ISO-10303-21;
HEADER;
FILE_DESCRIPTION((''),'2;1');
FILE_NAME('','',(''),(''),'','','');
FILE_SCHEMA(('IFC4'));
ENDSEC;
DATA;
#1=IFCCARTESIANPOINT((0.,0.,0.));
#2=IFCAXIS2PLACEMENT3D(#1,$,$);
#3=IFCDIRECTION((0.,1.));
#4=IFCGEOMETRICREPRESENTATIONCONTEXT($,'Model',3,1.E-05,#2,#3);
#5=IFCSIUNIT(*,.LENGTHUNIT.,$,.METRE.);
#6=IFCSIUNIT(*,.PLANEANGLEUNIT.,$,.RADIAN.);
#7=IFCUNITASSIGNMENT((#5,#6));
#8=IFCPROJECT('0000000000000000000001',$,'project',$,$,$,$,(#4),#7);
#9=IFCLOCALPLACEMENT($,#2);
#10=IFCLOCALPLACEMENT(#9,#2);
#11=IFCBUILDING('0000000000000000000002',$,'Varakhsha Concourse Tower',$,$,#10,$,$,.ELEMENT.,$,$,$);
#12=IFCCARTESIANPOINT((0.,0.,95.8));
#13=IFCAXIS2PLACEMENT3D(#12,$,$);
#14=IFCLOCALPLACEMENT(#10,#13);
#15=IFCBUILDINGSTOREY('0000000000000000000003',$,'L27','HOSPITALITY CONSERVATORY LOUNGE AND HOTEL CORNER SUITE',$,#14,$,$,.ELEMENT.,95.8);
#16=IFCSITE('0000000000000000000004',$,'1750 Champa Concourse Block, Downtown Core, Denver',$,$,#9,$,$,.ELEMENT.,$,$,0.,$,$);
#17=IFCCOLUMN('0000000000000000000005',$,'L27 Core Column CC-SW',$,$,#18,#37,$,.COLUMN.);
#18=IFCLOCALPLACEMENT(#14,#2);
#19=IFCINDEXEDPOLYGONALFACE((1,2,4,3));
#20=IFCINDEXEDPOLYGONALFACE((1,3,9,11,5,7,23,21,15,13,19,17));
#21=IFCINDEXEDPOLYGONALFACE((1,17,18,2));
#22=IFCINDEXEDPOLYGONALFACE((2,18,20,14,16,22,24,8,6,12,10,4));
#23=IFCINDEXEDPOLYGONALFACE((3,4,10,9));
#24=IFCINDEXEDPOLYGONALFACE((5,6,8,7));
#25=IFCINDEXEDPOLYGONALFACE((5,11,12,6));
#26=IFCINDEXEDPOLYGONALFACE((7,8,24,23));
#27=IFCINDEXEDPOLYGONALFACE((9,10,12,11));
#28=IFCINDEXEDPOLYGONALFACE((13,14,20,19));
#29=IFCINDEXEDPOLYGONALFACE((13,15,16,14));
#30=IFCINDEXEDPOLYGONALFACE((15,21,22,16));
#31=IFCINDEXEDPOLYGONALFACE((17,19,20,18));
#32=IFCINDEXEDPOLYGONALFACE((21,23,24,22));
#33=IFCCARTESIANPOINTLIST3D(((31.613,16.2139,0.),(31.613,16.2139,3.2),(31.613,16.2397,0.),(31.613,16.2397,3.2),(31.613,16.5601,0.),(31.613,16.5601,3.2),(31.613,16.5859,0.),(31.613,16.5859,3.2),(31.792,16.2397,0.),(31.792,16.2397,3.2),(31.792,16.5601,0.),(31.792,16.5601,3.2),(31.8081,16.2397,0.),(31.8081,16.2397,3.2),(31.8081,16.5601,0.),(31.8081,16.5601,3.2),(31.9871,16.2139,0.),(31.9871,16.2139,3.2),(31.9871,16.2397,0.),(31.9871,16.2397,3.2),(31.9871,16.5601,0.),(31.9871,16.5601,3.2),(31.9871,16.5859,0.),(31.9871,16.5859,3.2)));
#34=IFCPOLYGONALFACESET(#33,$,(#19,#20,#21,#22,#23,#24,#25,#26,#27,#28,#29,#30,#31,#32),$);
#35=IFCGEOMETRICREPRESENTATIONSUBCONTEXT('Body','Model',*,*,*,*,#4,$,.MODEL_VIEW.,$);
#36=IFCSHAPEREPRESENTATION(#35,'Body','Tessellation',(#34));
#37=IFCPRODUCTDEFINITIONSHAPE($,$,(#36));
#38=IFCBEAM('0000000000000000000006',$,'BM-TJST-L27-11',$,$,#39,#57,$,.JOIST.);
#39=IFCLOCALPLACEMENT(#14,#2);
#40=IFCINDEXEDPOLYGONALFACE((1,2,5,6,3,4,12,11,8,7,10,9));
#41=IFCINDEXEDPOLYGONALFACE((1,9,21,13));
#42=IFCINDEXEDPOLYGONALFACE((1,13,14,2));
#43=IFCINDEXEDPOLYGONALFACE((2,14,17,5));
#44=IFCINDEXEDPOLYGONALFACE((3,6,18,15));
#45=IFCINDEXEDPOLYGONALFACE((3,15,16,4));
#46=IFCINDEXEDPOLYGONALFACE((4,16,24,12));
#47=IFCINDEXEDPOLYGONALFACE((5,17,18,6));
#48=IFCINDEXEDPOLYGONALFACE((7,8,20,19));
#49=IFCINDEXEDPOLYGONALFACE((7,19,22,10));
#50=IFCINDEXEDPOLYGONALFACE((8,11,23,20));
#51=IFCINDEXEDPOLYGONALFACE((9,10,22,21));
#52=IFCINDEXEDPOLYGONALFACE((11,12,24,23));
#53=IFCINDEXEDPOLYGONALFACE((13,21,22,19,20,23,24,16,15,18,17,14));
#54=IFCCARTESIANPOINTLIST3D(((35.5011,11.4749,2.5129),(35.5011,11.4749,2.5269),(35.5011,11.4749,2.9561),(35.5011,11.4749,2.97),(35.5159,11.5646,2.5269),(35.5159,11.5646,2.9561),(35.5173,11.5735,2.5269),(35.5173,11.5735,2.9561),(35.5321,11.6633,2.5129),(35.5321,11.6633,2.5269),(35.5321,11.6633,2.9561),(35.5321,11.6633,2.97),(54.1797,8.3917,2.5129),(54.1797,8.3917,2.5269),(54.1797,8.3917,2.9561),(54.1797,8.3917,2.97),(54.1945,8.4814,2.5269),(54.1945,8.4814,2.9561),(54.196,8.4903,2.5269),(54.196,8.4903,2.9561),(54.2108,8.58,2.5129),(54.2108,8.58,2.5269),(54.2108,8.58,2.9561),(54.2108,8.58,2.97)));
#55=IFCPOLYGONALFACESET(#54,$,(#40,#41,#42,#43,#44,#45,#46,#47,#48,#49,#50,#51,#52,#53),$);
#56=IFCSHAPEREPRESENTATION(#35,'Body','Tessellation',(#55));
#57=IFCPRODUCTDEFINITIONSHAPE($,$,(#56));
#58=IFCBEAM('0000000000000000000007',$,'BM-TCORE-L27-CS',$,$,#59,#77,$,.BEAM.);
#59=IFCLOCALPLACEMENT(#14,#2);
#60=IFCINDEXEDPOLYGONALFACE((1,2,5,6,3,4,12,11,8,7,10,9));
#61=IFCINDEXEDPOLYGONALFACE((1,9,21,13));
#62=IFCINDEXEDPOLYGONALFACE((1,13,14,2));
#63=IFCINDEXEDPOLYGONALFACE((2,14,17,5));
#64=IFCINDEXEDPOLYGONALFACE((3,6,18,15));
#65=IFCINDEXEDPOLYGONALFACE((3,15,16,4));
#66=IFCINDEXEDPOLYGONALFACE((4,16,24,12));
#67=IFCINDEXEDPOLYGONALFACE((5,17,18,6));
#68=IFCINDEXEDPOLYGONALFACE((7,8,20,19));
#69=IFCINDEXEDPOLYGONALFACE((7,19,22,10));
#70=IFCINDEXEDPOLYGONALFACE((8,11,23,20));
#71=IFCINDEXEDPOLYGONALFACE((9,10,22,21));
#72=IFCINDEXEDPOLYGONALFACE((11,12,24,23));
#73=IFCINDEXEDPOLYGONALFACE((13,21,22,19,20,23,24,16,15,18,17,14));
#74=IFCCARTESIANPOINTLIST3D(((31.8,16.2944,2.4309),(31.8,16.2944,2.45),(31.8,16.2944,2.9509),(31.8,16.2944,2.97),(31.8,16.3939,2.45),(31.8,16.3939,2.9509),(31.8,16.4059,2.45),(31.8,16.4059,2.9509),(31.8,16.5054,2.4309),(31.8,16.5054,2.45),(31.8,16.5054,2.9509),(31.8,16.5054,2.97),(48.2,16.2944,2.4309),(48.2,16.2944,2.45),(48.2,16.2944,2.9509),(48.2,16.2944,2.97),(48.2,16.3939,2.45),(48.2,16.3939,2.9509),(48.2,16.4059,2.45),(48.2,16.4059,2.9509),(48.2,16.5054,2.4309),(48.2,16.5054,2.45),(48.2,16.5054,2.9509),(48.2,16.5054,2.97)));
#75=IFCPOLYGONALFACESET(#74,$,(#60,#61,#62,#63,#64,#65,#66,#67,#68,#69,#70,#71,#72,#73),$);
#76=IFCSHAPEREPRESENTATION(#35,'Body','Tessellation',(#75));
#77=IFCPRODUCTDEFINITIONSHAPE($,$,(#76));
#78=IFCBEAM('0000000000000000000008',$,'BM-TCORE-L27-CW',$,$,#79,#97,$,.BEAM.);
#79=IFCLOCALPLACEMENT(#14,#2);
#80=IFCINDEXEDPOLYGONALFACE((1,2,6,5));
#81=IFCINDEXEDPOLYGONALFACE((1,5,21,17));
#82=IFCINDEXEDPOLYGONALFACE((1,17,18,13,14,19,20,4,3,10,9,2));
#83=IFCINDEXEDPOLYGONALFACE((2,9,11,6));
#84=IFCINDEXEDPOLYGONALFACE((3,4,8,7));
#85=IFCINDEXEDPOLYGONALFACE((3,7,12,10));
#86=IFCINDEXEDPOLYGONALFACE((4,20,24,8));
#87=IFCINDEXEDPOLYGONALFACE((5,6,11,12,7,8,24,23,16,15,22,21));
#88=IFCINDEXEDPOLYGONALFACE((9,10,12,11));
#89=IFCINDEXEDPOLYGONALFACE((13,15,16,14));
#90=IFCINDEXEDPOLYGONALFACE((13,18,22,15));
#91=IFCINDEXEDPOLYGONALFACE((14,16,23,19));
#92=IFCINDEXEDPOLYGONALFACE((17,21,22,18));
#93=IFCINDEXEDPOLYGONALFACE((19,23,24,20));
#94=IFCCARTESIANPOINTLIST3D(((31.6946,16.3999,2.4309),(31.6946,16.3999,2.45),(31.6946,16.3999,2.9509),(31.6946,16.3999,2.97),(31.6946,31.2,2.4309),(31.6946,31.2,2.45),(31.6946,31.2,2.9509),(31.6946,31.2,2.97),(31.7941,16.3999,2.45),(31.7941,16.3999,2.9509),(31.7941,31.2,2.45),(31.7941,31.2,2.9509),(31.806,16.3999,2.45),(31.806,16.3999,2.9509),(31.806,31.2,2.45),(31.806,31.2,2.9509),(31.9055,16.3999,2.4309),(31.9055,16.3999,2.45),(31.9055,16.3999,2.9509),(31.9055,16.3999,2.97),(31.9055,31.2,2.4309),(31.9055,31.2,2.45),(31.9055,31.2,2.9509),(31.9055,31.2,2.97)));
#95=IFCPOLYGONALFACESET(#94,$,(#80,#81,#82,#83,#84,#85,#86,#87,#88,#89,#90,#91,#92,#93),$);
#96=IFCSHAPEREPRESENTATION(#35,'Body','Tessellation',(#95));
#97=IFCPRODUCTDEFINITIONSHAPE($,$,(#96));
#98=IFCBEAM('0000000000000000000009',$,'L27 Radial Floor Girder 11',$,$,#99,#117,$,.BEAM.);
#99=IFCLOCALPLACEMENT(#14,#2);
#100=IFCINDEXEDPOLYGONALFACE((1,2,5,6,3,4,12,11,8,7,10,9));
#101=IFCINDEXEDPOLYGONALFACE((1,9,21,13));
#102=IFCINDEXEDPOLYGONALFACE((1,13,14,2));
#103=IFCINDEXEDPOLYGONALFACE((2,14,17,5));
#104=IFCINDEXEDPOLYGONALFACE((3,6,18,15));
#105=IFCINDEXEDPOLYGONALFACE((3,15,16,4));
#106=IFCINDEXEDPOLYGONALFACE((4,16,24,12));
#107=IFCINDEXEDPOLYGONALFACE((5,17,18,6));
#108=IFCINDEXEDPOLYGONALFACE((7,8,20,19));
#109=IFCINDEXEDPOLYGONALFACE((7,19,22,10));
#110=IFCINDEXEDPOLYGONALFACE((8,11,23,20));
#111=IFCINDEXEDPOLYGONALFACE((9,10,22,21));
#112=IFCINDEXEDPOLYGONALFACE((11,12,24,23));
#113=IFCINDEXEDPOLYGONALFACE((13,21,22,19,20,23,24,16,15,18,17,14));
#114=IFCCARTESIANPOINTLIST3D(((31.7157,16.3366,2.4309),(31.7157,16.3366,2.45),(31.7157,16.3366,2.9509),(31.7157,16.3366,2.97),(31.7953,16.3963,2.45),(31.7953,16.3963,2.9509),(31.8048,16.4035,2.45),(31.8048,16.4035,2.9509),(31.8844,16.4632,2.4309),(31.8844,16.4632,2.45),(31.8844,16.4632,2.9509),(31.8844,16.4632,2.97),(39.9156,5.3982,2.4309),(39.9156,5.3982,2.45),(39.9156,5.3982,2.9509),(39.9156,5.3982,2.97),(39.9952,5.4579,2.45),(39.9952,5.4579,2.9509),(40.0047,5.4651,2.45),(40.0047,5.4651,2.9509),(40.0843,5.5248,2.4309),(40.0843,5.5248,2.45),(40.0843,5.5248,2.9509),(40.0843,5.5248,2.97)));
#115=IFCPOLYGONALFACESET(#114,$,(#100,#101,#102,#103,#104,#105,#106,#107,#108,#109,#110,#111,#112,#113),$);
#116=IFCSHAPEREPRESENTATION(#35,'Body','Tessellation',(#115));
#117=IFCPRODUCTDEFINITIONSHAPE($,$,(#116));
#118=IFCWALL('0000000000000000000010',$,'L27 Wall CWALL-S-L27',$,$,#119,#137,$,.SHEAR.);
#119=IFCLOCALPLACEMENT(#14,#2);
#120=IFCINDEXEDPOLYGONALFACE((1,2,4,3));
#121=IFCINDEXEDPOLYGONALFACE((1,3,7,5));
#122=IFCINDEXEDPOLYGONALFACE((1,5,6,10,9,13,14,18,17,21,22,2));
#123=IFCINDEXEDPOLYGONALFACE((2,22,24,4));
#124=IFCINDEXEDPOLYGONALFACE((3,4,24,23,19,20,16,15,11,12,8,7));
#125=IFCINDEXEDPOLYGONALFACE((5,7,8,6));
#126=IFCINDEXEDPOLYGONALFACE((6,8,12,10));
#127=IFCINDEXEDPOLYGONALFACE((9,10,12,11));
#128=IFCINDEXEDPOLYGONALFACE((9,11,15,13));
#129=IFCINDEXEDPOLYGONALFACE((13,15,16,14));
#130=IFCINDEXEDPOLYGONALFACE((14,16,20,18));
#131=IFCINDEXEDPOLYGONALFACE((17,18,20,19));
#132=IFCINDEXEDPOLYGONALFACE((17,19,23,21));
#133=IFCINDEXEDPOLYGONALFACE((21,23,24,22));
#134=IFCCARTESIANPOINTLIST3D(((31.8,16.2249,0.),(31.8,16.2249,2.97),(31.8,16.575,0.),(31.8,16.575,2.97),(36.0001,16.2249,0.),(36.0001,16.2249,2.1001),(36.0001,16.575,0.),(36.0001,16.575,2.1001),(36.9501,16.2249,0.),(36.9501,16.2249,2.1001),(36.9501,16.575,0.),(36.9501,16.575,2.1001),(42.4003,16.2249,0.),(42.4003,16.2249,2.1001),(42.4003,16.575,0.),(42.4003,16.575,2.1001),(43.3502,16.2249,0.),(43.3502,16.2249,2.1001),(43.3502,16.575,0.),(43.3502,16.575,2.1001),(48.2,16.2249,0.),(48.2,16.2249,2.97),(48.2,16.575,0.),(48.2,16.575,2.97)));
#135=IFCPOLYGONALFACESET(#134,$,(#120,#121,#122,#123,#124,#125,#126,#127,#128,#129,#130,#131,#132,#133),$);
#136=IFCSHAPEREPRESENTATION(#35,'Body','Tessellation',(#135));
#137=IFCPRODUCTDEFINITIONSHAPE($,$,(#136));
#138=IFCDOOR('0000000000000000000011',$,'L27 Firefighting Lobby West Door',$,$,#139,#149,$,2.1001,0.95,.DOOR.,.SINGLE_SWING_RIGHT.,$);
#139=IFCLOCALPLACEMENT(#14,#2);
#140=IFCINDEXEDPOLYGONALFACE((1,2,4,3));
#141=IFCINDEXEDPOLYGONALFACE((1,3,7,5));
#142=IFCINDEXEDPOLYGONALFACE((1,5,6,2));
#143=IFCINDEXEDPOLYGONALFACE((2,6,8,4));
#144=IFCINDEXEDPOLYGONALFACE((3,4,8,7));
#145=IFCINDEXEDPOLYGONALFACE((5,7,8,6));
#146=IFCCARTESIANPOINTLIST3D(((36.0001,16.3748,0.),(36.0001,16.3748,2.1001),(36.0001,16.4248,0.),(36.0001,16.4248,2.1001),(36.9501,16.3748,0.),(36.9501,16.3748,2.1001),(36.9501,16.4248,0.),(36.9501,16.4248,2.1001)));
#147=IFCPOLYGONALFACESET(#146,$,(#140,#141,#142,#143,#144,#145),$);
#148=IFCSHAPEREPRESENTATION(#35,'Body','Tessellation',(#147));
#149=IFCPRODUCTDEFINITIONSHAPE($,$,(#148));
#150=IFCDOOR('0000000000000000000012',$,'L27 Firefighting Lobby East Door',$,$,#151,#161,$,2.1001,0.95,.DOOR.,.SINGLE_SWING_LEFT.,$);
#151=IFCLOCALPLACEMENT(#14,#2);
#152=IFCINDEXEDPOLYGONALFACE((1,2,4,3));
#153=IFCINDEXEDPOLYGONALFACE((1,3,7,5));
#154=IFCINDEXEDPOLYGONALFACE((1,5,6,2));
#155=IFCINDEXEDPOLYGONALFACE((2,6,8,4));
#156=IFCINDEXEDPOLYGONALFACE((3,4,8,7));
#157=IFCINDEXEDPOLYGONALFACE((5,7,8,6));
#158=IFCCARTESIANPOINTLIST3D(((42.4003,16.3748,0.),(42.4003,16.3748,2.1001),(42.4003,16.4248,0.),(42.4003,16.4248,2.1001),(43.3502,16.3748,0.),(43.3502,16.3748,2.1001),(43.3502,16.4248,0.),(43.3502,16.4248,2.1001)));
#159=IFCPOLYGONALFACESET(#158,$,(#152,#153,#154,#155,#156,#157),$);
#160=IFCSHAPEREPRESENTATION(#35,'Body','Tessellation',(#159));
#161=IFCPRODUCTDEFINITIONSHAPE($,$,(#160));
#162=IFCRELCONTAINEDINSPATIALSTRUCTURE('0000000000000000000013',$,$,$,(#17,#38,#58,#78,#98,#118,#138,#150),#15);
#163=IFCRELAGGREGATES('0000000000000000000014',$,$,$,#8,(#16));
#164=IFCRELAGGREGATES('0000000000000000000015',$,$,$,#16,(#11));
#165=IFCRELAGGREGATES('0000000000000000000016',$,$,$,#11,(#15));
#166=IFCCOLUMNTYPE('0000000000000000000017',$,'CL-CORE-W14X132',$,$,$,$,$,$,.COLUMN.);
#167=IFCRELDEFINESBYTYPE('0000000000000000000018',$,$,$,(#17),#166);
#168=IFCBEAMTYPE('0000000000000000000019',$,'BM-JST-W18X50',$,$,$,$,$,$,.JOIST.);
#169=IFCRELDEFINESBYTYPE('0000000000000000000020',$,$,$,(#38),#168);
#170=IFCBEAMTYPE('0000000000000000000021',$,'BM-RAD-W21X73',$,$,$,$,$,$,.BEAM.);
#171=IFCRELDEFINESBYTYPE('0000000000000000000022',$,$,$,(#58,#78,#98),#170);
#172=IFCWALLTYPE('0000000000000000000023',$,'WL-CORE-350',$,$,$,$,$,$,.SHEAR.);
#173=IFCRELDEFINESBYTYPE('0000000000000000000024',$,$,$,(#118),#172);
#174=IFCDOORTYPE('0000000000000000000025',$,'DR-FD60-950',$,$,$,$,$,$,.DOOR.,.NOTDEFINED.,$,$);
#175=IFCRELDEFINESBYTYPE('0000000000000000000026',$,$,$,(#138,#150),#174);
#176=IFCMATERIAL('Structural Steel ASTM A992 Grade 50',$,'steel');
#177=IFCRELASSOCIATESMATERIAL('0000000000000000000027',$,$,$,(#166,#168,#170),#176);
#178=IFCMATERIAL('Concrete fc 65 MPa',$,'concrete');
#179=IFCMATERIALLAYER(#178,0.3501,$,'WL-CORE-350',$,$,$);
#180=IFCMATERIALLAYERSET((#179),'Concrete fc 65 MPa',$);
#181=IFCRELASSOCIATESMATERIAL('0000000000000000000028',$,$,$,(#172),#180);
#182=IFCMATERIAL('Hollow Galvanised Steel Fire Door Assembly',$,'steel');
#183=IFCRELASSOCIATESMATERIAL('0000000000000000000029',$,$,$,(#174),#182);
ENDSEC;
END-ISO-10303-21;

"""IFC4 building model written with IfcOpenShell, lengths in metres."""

from ifc_helpers import new_model, si_unit, direction, frame, frame_2d, origin, origin_2d, place, context, subcontext, project, spatial, rectangle, i_section, extrude, material, layer, layer_set, material_profile, profile_set, type_object, element, fill, save


model = new_model("IFC4")

# Units and contexts
model_context = context("Model", 3, precision=1e-05, world=origin(), true_north=direction((0.0, 1.0)))
body_context = subcontext(model_context, "Body", "Model", "MODEL_VIEW")
ifc_project = project(units=[si_unit("LENGTHUNIT", "METRE"), si_unit("PLANEANGLEUNIT", "RADIAN")], contexts=[model_context])

# Site, building, storey
site_placement = place(None, origin())
site = spatial("IfcSite", under=ifc_project, at=site_placement, Name="1750 Champa Concourse Block, Downtown Core, Denver", CompositionType="ELEMENT", RefElevation=0.0)
building_placement = place(site_placement, origin())
building = spatial("IfcBuilding", under=site, at=building_placement, Name="Varakhsha Concourse Tower", CompositionType="ELEMENT")
storey_placement = place(building_placement, frame((0.0, 0.0, 95.8)))
storey = spatial("IfcBuildingStorey", under=building, at=storey_placement, Name="L27", Description="HOSPITALITY CONSERVATORY LOUNGE AND HOTEL CORNER SUITE", CompositionType="ELEMENT", Elevation=95.8)

# Column
ifc_material_1 = material(Name="Structural Steel ASTM A992 Grade 50", Category="steel")
ifc_material_profile_1 = material_profile(ifc_material_1, i_section(OverallWidth=0.374, OverallDepth=0.3721, WebThickness=0.0161, FlangeThickness=0.0259, at=origin_2d()), Name="W14X132")
ifc_profile_set_1 = profile_set([ifc_material_profile_1], Name="Structural Steel ASTM A992 Grade 50")
column_type = type_object("IfcColumnType", Name="CL-CORE-W14X132", PredefinedType="COLUMN", material=ifc_profile_set_1)
column_placement = place(storey_placement, frame((31.8, 16.3999, 0.0), z_axis=(0.0, 0.0, 1.0), x_axis=(1.0, 0.0, 0.0)))
element("IfcColumn", 1, at=column_placement, inside=storey, type_object=column_type, Name="L27 Core Column CC-SW", PredefinedType="COLUMN", context=body_context, shape_type="SweptSolid", body=[
    extrude(i_section(OverallWidth=0.374, OverallDepth=0.3721, WebThickness=0.0161, FlangeThickness=0.0259, at=origin_2d()), origin(), (0.0, 0.0, 1.0), 3.2),
])

# Beams
ifc_material_profile_2 = material_profile(ifc_material_1, i_section(OverallWidth=0.1909, OverallDepth=0.457, WebThickness=0.009, FlangeThickness=0.0139, at=origin_2d()), Name="W18X50")
ifc_profile_set_2 = profile_set([ifc_material_profile_2], Name="Structural Steel ASTM A992 Grade 50")
beam_type_1 = type_object("IfcBeamType", Name="BM-JST-W18X50", PredefinedType="JOIST", material=ifc_profile_set_2)
beam_1_placement = place(storey_placement, frame((35.5166, 11.5691, 2.7415), z_axis=(0.986649, -0.162864, 0.0), x_axis=(0.162864, 0.986649, 0.0)))
element("IfcBeam", 2, at=beam_1_placement, inside=storey, type_object=beam_type_1, Name="BM-TJST-L27-11", PredefinedType="JOIST", context=body_context, shape_type="SweptSolid", body=[
    extrude(i_section(OverallWidth=0.1909, OverallDepth=0.457, WebThickness=0.009, FlangeThickness=0.0139, at=origin_2d()), origin(), (0.0, 0.0, 1.0), 18.9314),
])
ifc_material_profile_3 = material_profile(ifc_material_1, i_section(OverallWidth=0.2109, OverallDepth=0.5391, WebThickness=0.012, FlangeThickness=0.019, at=origin_2d()), Name="W21X73")
ifc_profile_set_3 = profile_set([ifc_material_profile_3], Name="Structural Steel ASTM A992 Grade 50")
beam_type_2 = type_object("IfcBeamType", Name="BM-RAD-W21X73", PredefinedType="BEAM", material=ifc_profile_set_3)
beam_2_placement = place(storey_placement, frame((31.8, 16.3999, 2.7004), z_axis=(1.0, 0.0, 0.0), x_axis=(0.0, 1.0, 0.0)))
element("IfcBeam", 3, at=beam_2_placement, inside=storey, type_object=beam_type_2, Name="BM-TCORE-L27-CS", PredefinedType="BEAM", context=body_context, shape_type="SweptSolid", body=[
    extrude(i_section(OverallWidth=0.2109, OverallDepth=0.5391, WebThickness=0.012, FlangeThickness=0.019, at=origin_2d()), origin(), (0.0, 0.0, 1.0), 16.3999),
])
beam_3_placement = place(storey_placement, frame((31.8, 16.3999, 2.7004), z_axis=(0.0, 1.0, 0.0), x_axis=(-1.0, 0.0, 0.0)))
element("IfcBeam", 4, at=beam_3_placement, inside=storey, type_object=beam_type_2, Name="BM-TCORE-L27-CW", PredefinedType="BEAM", context=body_context, shape_type="SweptSolid", body=[
    extrude(i_section(OverallWidth=0.2109, OverallDepth=0.5391, WebThickness=0.012, FlangeThickness=0.019, at=origin_2d()), origin(), (0.0, 0.0, 1.0), 14.8),
])
beam_4_placement = place(storey_placement, frame((31.8, 16.3999, 2.7004), z_axis=(0.599817, -0.800137, 0.0), x_axis=(0.800137, 0.599817, 0.0)))
element("IfcBeam", 5, at=beam_4_placement, inside=storey, type_object=beam_type_2, Name="L27 Radial Floor Girder 11", PredefinedType="BEAM", context=body_context, shape_type="SweptSolid", body=[
    extrude(i_section(OverallWidth=0.2109, OverallDepth=0.5391, WebThickness=0.012, FlangeThickness=0.019, at=origin_2d()), origin(), (0.0, 0.0, 1.0), 13.6707),
])

# Wall, openings, doors
ifc_material_2 = material(Name="Concrete fc 65 MPa", Category="concrete")
ifc_layer_1 = layer(ifc_material_2, 0.3501, Name="WL-CORE-350")
ifc_layer_set_1 = layer_set([ifc_layer_1], Name="Concrete fc 65 MPa")
wall_type_1 = type_object("IfcWallType", Name="WL-CORE-350", PredefinedType="SHEAR", material=ifc_layer_set_1)
wall_1_placement = place(storey_placement, frame((31.8, 16.3999, 0.0), z_axis=(0.0, 0.0, 1.0), x_axis=(1.0, 0.0, 0.0)))
wall_1 = element("IfcWall", 6, at=wall_1_placement, inside=storey, type_object=wall_type_1, Name="L27 Wall CWALL-S-L27", PredefinedType="SHEAR", context=body_context, shape_type="SweptSolid", body=[
    extrude(rectangle(XDim=16.3999, YDim=0.3501, at=frame_2d((8.2, 0.0))), origin(), (0.0, 0.0, 1.0), 2.97),
])
opening_1_placement = place(wall_1_placement, frame((4.2, 0.0, 0.0)))
opening_1 = element("IfcOpeningElement", 7, at=opening_1_placement, cuts=wall_1, PredefinedType="OPENING", context=body_context, shape_type="SweptSolid", body=[
    extrude(rectangle(XDim=0.95, YDim=2.1001, at=frame_2d((0.4751, 1.05))), frame((0.0, 0.1851, 0.0), z_axis=(0.0, -1.0, 0.0), x_axis=(1.0, 0.0, 0.0)), (0.0, 0.0, 1.0), 0.3701),
])
opening_2_placement = place(wall_1_placement, frame((10.6001, 0.0, 0.0)))
opening_2 = element("IfcOpeningElement", 8, at=opening_2_placement, cuts=wall_1, PredefinedType="OPENING", context=body_context, shape_type="SweptSolid", body=[
    extrude(rectangle(XDim=0.95, YDim=2.1001, at=frame_2d((0.4751, 1.05))), frame((0.0, 0.1851, 0.0), z_axis=(0.0, -1.0, 0.0), x_axis=(1.0, 0.0, 0.0)), (0.0, 0.0, 1.0), 0.3701),
])
ifc_material_3 = material(Name="Hollow Galvanised Steel Fire Door Assembly", Category="steel")
door_type_1 = type_object("IfcDoorType", Name="DR-FD60-950", OperationType="NOTDEFINED", PredefinedType="DOOR", material=ifc_material_3)
door_1_placement = place(opening_1_placement, origin())
door_1 = element("IfcDoor", 9, at=door_1_placement, inside=storey, type_object=door_type_1, Name="L27 Firefighting Lobby West Door", OperationType="SINGLE_SWING_RIGHT", OverallHeight=2.1001, OverallWidth=0.95, PredefinedType="DOOR", context=body_context, shape_type="SweptSolid", body=[
    extrude(rectangle(XDim=0.95, YDim=2.1001, at=frame_2d((0.4751, 1.05))), frame((0.0, 0.0249, 0.0), z_axis=(0.0, -1.0, 0.0), x_axis=(1.0, 0.0, 0.0)), (0.0, 0.0, 1.0), 0.05),
])
fill(opening_1, door_1)
door_2_placement = place(opening_2_placement, origin())
door_2 = element("IfcDoor", 10, at=door_2_placement, inside=storey, type_object=door_type_1, Name="L27 Firefighting Lobby East Door", OperationType="SINGLE_SWING_LEFT", OverallHeight=2.1001, OverallWidth=0.95, PredefinedType="DOOR", context=body_context, shape_type="SweptSolid", body=[
    extrude(rectangle(XDim=0.95, YDim=2.1001, at=frame_2d((0.4751, 1.05))), frame((0.0, 0.0249, 0.0), z_axis=(0.0, -1.0, 0.0), x_axis=(1.0, 0.0, 0.0)), (0.0, 0.0, 1.0), 0.05),
])
fill(opening_2, door_2)

save(model, "model.ifc")
